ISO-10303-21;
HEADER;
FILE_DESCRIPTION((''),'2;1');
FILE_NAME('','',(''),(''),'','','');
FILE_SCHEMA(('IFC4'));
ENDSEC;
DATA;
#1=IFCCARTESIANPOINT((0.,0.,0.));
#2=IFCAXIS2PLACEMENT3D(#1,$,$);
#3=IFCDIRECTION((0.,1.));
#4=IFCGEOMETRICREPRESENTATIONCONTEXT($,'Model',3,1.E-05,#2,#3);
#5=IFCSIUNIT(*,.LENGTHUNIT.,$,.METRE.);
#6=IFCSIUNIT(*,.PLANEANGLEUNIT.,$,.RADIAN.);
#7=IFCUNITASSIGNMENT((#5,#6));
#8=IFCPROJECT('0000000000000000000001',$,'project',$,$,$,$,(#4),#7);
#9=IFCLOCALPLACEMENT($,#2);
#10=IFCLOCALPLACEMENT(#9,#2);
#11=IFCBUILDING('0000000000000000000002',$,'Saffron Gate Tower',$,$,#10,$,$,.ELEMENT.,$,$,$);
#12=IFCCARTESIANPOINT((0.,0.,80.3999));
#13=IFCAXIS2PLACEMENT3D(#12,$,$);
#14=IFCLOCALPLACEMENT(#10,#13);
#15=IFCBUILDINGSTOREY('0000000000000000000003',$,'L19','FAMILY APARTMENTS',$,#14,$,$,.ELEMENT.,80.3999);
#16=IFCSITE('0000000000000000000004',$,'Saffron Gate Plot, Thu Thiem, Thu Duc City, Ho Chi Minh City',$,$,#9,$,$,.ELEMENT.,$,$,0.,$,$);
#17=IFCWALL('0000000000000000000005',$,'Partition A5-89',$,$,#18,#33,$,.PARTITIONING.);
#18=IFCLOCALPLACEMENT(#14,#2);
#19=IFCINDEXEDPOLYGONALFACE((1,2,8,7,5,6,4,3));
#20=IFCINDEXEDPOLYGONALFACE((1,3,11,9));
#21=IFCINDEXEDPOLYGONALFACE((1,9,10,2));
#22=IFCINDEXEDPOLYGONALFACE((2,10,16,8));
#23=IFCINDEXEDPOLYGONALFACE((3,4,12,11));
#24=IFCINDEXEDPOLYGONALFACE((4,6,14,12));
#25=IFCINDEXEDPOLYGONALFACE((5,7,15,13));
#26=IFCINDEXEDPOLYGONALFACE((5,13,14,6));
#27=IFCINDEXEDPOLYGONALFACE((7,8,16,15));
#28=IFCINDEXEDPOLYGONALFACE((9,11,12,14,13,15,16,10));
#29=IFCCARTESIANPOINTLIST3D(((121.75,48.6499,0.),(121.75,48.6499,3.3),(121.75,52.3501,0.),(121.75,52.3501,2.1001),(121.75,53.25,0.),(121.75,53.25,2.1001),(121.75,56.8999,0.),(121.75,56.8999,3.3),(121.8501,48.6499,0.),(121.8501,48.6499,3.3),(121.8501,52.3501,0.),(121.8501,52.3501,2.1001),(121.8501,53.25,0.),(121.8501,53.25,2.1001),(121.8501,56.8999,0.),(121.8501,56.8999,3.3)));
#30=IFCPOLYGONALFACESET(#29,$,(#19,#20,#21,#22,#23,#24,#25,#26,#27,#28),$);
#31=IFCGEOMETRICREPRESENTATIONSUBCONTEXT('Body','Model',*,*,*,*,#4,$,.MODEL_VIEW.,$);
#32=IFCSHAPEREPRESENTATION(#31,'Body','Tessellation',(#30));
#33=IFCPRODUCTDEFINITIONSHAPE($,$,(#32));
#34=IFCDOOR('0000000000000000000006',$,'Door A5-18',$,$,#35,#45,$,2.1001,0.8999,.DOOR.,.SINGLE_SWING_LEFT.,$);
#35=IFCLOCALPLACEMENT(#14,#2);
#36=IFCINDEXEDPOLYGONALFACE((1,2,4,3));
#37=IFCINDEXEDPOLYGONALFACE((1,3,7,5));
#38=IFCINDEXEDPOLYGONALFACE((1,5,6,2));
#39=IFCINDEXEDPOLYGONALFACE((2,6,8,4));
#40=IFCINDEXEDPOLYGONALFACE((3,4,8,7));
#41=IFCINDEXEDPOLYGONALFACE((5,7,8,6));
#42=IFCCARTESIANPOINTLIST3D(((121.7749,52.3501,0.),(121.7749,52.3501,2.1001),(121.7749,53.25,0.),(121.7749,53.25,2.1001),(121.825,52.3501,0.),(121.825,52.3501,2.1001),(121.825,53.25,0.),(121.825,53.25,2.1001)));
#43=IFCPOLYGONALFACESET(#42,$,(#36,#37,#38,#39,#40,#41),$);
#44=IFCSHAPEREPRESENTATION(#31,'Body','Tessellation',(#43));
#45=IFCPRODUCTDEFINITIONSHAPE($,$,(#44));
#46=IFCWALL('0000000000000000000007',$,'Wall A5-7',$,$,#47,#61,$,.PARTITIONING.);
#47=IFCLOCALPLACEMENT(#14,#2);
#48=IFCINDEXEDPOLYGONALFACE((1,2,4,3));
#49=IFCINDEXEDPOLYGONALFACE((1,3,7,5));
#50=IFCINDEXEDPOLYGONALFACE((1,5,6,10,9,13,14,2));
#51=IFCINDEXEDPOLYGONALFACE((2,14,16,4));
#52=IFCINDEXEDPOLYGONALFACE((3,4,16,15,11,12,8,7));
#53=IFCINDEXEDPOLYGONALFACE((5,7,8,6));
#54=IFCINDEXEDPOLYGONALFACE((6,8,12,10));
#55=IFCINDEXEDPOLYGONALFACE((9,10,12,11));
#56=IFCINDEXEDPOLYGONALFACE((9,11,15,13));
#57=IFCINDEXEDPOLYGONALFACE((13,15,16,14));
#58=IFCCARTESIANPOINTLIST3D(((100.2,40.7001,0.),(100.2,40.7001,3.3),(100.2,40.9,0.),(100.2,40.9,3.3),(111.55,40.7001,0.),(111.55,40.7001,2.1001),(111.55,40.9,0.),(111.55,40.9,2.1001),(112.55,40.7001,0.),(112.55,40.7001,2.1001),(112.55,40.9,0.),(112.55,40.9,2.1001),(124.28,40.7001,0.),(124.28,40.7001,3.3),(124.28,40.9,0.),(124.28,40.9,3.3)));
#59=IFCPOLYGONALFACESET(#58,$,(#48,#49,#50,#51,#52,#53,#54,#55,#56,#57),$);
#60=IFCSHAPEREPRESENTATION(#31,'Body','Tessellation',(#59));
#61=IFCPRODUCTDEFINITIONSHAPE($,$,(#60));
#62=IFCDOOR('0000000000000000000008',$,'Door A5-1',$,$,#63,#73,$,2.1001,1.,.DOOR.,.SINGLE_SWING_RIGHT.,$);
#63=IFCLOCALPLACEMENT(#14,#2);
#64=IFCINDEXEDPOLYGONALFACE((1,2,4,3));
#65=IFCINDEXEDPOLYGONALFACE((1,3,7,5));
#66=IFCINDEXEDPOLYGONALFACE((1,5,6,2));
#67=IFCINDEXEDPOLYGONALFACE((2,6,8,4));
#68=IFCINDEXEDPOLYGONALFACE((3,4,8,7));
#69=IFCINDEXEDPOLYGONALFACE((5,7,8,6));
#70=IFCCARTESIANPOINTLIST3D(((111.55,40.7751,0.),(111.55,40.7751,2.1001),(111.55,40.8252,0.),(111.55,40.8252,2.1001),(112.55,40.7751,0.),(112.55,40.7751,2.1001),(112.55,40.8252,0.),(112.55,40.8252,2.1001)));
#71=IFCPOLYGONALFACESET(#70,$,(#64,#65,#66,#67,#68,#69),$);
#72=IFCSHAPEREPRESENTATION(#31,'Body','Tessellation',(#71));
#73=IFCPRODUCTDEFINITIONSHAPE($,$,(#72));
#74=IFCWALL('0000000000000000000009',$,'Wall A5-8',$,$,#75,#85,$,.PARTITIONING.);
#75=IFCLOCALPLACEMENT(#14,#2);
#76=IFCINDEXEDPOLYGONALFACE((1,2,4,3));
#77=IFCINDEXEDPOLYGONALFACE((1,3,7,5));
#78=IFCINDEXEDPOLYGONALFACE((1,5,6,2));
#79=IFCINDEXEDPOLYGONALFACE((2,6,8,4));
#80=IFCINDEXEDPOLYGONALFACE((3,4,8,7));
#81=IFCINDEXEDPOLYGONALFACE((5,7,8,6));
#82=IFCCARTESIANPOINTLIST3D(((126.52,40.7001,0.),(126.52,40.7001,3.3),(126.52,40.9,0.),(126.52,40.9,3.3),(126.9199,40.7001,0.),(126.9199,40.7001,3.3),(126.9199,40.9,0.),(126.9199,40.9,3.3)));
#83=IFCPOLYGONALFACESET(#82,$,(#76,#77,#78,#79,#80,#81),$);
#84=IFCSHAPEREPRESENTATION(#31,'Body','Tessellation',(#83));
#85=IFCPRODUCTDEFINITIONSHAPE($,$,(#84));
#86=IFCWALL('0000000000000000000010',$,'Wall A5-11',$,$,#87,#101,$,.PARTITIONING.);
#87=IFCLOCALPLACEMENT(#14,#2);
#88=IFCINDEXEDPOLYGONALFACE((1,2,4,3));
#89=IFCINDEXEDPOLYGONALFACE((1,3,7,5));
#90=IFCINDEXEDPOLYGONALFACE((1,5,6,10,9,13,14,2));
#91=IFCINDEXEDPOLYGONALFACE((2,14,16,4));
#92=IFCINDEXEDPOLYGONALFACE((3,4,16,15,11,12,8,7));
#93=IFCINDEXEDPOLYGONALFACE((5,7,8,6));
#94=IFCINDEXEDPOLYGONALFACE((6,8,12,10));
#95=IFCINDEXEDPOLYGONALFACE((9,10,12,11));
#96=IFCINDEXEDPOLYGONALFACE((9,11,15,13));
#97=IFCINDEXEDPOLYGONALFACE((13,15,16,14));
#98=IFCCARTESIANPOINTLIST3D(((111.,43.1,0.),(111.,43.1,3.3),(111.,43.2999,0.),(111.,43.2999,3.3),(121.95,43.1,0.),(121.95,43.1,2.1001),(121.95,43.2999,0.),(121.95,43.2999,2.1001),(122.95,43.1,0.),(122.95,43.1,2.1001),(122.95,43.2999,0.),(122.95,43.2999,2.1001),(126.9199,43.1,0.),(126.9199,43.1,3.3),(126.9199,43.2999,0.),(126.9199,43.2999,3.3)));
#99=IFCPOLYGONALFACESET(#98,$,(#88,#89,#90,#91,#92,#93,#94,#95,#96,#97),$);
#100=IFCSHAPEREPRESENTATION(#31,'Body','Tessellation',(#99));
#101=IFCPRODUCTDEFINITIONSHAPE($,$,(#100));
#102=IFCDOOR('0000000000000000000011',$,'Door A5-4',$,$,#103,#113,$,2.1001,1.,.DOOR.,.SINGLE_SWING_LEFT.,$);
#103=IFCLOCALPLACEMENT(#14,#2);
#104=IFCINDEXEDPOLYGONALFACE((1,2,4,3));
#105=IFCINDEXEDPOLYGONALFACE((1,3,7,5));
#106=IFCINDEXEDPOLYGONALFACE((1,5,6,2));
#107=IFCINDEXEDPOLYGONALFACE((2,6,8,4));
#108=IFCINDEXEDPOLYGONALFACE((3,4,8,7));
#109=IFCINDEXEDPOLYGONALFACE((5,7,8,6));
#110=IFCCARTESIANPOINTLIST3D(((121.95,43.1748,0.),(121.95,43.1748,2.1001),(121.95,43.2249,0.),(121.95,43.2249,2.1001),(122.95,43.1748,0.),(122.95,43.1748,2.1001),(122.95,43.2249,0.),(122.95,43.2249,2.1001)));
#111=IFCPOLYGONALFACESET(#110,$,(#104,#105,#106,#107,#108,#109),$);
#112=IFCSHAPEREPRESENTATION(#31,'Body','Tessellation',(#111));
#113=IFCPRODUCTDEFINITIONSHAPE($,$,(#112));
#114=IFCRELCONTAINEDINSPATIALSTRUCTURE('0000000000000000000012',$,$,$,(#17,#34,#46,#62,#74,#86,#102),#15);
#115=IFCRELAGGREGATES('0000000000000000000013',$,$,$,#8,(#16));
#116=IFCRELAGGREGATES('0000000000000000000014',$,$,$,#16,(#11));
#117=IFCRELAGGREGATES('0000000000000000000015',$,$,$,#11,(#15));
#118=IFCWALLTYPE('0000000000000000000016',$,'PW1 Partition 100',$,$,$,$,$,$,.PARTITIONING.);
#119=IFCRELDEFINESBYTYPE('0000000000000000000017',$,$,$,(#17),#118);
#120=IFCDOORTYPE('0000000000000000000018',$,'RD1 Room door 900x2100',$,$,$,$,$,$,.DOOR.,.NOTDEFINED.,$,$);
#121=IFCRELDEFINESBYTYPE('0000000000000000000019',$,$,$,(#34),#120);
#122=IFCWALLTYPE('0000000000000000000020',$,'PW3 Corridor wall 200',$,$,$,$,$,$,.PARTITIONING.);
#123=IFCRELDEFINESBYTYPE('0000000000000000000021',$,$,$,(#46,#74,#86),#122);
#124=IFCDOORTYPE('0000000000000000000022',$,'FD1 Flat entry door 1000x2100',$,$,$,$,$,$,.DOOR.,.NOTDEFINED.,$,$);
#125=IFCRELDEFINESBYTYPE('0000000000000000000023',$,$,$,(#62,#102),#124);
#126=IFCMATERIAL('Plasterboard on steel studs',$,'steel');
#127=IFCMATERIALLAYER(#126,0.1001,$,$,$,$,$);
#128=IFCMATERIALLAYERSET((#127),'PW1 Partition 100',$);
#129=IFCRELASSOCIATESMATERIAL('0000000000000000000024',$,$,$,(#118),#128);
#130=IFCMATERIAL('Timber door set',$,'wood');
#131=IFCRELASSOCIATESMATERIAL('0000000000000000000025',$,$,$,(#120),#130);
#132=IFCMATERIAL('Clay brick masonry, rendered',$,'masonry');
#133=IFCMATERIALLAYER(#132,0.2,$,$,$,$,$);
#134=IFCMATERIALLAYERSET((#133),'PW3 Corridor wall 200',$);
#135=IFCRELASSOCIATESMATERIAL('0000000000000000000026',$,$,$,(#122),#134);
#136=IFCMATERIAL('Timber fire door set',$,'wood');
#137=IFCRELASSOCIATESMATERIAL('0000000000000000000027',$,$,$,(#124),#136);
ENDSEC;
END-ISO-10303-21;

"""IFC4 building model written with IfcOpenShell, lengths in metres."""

from ifc_helpers import new_model, si_unit, direction, frame, frame_2d, origin, place, context, subcontext, project, spatial, rectangle, extrude, material, layer, layer_set, type_object, element, fill, save


model = new_model("IFC4")

# Units and contexts
model_context = context("Model", 3, precision=1e-05, world=origin(), true_north=direction((0.0, 1.0)))
body_context = subcontext(model_context, "Body", "Model", "MODEL_VIEW")
ifc_project = project(units=[si_unit("LENGTHUNIT", "METRE"), si_unit("PLANEANGLEUNIT", "RADIAN")], contexts=[model_context])

# Site, building, storey
site_placement = place(None, origin())
site = spatial("IfcSite", under=ifc_project, at=site_placement, Name="Saffron Gate Plot, Thu Thiem, Thu Duc City, Ho Chi Minh City", CompositionType="ELEMENT", RefElevation=0.0)
building_placement = place(site_placement, origin())
building = spatial("IfcBuilding", under=site, at=building_placement, Name="Saffron Gate Tower", CompositionType="ELEMENT")
storey_placement = place(building_placement, frame((0.0, 0.0, 80.3999)))
storey = spatial("IfcBuildingStorey", under=building, at=storey_placement, Name="L19", Description="FAMILY APARTMENTS", CompositionType="ELEMENT", Elevation=80.3999)

# Shared definitions
ifc_material_1 = material(Name="Plasterboard on steel studs", Category="steel")
ifc_layer_1 = layer(ifc_material_1, 0.1001)
ifc_layer_set_1 = layer_set([ifc_layer_1], Name="PW1 Partition 100")
wall_type_1 = type_object("IfcWallType", Name="PW1 Partition 100", PredefinedType="PARTITIONING", material=ifc_layer_set_1)

# Shared definitions
ifc_material_2 = material(Name="Timber door set", Category="wood")

# Shared definitions
door_type_1 = type_object("IfcDoorType", Name="RD1 Room door 900x2100", OperationType="NOTDEFINED", PredefinedType="DOOR", material=ifc_material_2)

# Walls, openings, doors
wall_1_placement = place(storey_placement, frame((121.8, 56.8999, 0.0), z_axis=(0.0, 0.0, 1.0), x_axis=(0.0, -1.0, 0.0)))
wall_1 = element("IfcWall", 1, at=wall_1_placement, inside=storey, type_object=wall_type_1, Name="Partition A5-89", PredefinedType="PARTITIONING", context=body_context, shape_type="SweptSolid", body=[
    extrude(rectangle(XDim=8.25, YDim=0.1001, at=frame_2d((4.125, 0.0))), origin(), (0.0, 0.0, 1.0), 3.3),
])
opening_1_placement = place(wall_1_placement, frame((3.6499, 0.0, 0.0)))
opening_1 = element("IfcOpeningElement", 2, at=opening_1_placement, cuts=wall_1, PredefinedType="OPENING", context=body_context, shape_type="SweptSolid", body=[
    extrude(rectangle(XDim=0.8999, YDim=2.1001, at=frame_2d((0.45, 1.05))), frame((0.0, 0.0601, 0.0), z_axis=(0.0, -1.0, 0.0), x_axis=(1.0, 0.0, 0.0)), (0.0, 0.0, 1.0), 0.1201),
])
door_1_placement = place(opening_1_placement, origin())
door_1 = element("IfcDoor", 3, at=door_1_placement, inside=storey, type_object=door_type_1, Name="Door A5-18", OperationType="SINGLE_SWING_LEFT", OverallHeight=2.1001, OverallWidth=0.8999, PredefinedType="DOOR", context=body_context, shape_type="SweptSolid", body=[
    extrude(rectangle(XDim=0.8999, YDim=2.1001, at=frame_2d((0.45, 1.05))), frame((0.0, 0.0249, 0.0), z_axis=(0.0, -1.0, 0.0), x_axis=(1.0, 0.0, 0.0)), (0.0, 0.0, 1.0), 0.05),
])
fill(opening_1, door_1)
ifc_material_3 = material(Name="Clay brick masonry, rendered", Category="masonry")
ifc_layer_2 = layer(ifc_material_3, 0.2)
ifc_layer_set_2 = layer_set([ifc_layer_2], Name="PW3 Corridor wall 200")
wall_type_2 = type_object("IfcWallType", Name="PW3 Corridor wall 200", PredefinedType="PARTITIONING", material=ifc_layer_set_2)
wall_2_placement = place(storey_placement, frame((124.28, 40.8, 0.0), z_axis=(0.0, 0.0, 1.0), x_axis=(-1.0, 0.0, 0.0)))
wall_2 = element("IfcWall", 4, at=wall_2_placement, inside=storey, type_object=wall_type_2, Name="Wall A5-7", PredefinedType="PARTITIONING", context=body_context, shape_type="SweptSolid", body=[
    extrude(rectangle(XDim=24.0801, YDim=0.2, at=frame_2d((12.04, 0.0))), origin(), (0.0, 0.0, 1.0), 3.3),
])
opening_2_placement = place(wall_2_placement, frame((11.73, 0.0, 0.0)))
opening_2 = element("IfcOpeningElement", 5, at=opening_2_placement, cuts=wall_2, PredefinedType="OPENING", context=body_context, shape_type="SweptSolid", body=[
    extrude(rectangle(XDim=1.0, YDim=2.1001, at=frame_2d((0.5, 1.05))), frame((0.0, 0.1099, 0.0), z_axis=(0.0, -1.0, 0.0), x_axis=(1.0, 0.0, 0.0)), (0.0, 0.0, 1.0), 0.22),
])
ifc_material_4 = material(Name="Timber fire door set", Category="wood")
door_type_2 = type_object("IfcDoorType", Name="FD1 Flat entry door 1000x2100", OperationType="NOTDEFINED", PredefinedType="DOOR", material=ifc_material_4)
door_2_placement = place(opening_2_placement, origin())
door_2 = element("IfcDoor", 6, at=door_2_placement, inside=storey, type_object=door_type_2, Name="Door A5-1", OperationType="SINGLE_SWING_RIGHT", OverallHeight=2.1001, OverallWidth=1.0, PredefinedType="DOOR", context=body_context, shape_type="SweptSolid", body=[
    extrude(rectangle(XDim=1.0, YDim=2.1001, at=frame_2d((0.5, 1.05))), frame((0.0, 0.0249, 0.0), z_axis=(0.0, -1.0, 0.0), x_axis=(1.0, 0.0, 0.0)), (0.0, 0.0, 1.0), 0.05),
])
fill(opening_2, door_2)

# Wall
wall_3_placement = place(storey_placement, frame((126.52, 40.8, 0.0), z_axis=(0.0, 0.0, 1.0), x_axis=(1.0, 0.0, 0.0)))
element("IfcWall", 7, at=wall_3_placement, inside=storey, type_object=wall_type_2, Name="Wall A5-8", PredefinedType="PARTITIONING", context=body_context, shape_type="SweptSolid", body=[
    extrude(rectangle(XDim=0.3999, YDim=0.2, at=frame_2d((0.2, 0.0))), origin(), (0.0, 0.0, 1.0), 3.3),
])

# Wall, opening, door
wall_4_placement = place(storey_placement, frame((111.0, 43.2, 0.0), z_axis=(0.0, 0.0, 1.0), x_axis=(1.0, 0.0, 0.0)))
wall_4 = element("IfcWall", 8, at=wall_4_placement, inside=storey, type_object=wall_type_2, Name="Wall A5-11", PredefinedType="PARTITIONING", context=body_context, shape_type="SweptSolid", body=[
    extrude(rectangle(XDim=15.9199, YDim=0.2, at=frame_2d((7.96, 0.0))), origin(), (0.0, 0.0, 1.0), 3.3),
])
opening_3_placement = place(wall_4_placement, frame((10.95, 0.0, 0.0)))
opening_3 = element("IfcOpeningElement", 9, at=opening_3_placement, cuts=wall_4, PredefinedType="OPENING", context=body_context, shape_type="SweptSolid", body=[
    extrude(rectangle(XDim=1.0, YDim=2.1001, at=frame_2d((0.5, 1.05))), frame((0.0, 0.1099, 0.0), z_axis=(0.0, -1.0, 0.0), x_axis=(1.0, 0.0, 0.0)), (0.0, 0.0, 1.0), 0.22),
])
door_3_placement = place(opening_3_placement, origin())
door_3 = element("IfcDoor", 10, at=door_3_placement, inside=storey, type_object=door_type_2, Name="Door A5-4", OperationType="SINGLE_SWING_LEFT", OverallHeight=2.1001, OverallWidth=1.0, PredefinedType="DOOR", context=body_context, shape_type="SweptSolid", body=[
    extrude(rectangle(XDim=1.0, YDim=2.1001, at=frame_2d((0.5, 1.05))), frame((0.0, 0.0249, 0.0), z_axis=(0.0, -1.0, 0.0), x_axis=(1.0, 0.0, 0.0)), (0.0, 0.0, 1.0), 0.05),
])
fill(opening_3, door_3)

save(model, "model.ifc")
